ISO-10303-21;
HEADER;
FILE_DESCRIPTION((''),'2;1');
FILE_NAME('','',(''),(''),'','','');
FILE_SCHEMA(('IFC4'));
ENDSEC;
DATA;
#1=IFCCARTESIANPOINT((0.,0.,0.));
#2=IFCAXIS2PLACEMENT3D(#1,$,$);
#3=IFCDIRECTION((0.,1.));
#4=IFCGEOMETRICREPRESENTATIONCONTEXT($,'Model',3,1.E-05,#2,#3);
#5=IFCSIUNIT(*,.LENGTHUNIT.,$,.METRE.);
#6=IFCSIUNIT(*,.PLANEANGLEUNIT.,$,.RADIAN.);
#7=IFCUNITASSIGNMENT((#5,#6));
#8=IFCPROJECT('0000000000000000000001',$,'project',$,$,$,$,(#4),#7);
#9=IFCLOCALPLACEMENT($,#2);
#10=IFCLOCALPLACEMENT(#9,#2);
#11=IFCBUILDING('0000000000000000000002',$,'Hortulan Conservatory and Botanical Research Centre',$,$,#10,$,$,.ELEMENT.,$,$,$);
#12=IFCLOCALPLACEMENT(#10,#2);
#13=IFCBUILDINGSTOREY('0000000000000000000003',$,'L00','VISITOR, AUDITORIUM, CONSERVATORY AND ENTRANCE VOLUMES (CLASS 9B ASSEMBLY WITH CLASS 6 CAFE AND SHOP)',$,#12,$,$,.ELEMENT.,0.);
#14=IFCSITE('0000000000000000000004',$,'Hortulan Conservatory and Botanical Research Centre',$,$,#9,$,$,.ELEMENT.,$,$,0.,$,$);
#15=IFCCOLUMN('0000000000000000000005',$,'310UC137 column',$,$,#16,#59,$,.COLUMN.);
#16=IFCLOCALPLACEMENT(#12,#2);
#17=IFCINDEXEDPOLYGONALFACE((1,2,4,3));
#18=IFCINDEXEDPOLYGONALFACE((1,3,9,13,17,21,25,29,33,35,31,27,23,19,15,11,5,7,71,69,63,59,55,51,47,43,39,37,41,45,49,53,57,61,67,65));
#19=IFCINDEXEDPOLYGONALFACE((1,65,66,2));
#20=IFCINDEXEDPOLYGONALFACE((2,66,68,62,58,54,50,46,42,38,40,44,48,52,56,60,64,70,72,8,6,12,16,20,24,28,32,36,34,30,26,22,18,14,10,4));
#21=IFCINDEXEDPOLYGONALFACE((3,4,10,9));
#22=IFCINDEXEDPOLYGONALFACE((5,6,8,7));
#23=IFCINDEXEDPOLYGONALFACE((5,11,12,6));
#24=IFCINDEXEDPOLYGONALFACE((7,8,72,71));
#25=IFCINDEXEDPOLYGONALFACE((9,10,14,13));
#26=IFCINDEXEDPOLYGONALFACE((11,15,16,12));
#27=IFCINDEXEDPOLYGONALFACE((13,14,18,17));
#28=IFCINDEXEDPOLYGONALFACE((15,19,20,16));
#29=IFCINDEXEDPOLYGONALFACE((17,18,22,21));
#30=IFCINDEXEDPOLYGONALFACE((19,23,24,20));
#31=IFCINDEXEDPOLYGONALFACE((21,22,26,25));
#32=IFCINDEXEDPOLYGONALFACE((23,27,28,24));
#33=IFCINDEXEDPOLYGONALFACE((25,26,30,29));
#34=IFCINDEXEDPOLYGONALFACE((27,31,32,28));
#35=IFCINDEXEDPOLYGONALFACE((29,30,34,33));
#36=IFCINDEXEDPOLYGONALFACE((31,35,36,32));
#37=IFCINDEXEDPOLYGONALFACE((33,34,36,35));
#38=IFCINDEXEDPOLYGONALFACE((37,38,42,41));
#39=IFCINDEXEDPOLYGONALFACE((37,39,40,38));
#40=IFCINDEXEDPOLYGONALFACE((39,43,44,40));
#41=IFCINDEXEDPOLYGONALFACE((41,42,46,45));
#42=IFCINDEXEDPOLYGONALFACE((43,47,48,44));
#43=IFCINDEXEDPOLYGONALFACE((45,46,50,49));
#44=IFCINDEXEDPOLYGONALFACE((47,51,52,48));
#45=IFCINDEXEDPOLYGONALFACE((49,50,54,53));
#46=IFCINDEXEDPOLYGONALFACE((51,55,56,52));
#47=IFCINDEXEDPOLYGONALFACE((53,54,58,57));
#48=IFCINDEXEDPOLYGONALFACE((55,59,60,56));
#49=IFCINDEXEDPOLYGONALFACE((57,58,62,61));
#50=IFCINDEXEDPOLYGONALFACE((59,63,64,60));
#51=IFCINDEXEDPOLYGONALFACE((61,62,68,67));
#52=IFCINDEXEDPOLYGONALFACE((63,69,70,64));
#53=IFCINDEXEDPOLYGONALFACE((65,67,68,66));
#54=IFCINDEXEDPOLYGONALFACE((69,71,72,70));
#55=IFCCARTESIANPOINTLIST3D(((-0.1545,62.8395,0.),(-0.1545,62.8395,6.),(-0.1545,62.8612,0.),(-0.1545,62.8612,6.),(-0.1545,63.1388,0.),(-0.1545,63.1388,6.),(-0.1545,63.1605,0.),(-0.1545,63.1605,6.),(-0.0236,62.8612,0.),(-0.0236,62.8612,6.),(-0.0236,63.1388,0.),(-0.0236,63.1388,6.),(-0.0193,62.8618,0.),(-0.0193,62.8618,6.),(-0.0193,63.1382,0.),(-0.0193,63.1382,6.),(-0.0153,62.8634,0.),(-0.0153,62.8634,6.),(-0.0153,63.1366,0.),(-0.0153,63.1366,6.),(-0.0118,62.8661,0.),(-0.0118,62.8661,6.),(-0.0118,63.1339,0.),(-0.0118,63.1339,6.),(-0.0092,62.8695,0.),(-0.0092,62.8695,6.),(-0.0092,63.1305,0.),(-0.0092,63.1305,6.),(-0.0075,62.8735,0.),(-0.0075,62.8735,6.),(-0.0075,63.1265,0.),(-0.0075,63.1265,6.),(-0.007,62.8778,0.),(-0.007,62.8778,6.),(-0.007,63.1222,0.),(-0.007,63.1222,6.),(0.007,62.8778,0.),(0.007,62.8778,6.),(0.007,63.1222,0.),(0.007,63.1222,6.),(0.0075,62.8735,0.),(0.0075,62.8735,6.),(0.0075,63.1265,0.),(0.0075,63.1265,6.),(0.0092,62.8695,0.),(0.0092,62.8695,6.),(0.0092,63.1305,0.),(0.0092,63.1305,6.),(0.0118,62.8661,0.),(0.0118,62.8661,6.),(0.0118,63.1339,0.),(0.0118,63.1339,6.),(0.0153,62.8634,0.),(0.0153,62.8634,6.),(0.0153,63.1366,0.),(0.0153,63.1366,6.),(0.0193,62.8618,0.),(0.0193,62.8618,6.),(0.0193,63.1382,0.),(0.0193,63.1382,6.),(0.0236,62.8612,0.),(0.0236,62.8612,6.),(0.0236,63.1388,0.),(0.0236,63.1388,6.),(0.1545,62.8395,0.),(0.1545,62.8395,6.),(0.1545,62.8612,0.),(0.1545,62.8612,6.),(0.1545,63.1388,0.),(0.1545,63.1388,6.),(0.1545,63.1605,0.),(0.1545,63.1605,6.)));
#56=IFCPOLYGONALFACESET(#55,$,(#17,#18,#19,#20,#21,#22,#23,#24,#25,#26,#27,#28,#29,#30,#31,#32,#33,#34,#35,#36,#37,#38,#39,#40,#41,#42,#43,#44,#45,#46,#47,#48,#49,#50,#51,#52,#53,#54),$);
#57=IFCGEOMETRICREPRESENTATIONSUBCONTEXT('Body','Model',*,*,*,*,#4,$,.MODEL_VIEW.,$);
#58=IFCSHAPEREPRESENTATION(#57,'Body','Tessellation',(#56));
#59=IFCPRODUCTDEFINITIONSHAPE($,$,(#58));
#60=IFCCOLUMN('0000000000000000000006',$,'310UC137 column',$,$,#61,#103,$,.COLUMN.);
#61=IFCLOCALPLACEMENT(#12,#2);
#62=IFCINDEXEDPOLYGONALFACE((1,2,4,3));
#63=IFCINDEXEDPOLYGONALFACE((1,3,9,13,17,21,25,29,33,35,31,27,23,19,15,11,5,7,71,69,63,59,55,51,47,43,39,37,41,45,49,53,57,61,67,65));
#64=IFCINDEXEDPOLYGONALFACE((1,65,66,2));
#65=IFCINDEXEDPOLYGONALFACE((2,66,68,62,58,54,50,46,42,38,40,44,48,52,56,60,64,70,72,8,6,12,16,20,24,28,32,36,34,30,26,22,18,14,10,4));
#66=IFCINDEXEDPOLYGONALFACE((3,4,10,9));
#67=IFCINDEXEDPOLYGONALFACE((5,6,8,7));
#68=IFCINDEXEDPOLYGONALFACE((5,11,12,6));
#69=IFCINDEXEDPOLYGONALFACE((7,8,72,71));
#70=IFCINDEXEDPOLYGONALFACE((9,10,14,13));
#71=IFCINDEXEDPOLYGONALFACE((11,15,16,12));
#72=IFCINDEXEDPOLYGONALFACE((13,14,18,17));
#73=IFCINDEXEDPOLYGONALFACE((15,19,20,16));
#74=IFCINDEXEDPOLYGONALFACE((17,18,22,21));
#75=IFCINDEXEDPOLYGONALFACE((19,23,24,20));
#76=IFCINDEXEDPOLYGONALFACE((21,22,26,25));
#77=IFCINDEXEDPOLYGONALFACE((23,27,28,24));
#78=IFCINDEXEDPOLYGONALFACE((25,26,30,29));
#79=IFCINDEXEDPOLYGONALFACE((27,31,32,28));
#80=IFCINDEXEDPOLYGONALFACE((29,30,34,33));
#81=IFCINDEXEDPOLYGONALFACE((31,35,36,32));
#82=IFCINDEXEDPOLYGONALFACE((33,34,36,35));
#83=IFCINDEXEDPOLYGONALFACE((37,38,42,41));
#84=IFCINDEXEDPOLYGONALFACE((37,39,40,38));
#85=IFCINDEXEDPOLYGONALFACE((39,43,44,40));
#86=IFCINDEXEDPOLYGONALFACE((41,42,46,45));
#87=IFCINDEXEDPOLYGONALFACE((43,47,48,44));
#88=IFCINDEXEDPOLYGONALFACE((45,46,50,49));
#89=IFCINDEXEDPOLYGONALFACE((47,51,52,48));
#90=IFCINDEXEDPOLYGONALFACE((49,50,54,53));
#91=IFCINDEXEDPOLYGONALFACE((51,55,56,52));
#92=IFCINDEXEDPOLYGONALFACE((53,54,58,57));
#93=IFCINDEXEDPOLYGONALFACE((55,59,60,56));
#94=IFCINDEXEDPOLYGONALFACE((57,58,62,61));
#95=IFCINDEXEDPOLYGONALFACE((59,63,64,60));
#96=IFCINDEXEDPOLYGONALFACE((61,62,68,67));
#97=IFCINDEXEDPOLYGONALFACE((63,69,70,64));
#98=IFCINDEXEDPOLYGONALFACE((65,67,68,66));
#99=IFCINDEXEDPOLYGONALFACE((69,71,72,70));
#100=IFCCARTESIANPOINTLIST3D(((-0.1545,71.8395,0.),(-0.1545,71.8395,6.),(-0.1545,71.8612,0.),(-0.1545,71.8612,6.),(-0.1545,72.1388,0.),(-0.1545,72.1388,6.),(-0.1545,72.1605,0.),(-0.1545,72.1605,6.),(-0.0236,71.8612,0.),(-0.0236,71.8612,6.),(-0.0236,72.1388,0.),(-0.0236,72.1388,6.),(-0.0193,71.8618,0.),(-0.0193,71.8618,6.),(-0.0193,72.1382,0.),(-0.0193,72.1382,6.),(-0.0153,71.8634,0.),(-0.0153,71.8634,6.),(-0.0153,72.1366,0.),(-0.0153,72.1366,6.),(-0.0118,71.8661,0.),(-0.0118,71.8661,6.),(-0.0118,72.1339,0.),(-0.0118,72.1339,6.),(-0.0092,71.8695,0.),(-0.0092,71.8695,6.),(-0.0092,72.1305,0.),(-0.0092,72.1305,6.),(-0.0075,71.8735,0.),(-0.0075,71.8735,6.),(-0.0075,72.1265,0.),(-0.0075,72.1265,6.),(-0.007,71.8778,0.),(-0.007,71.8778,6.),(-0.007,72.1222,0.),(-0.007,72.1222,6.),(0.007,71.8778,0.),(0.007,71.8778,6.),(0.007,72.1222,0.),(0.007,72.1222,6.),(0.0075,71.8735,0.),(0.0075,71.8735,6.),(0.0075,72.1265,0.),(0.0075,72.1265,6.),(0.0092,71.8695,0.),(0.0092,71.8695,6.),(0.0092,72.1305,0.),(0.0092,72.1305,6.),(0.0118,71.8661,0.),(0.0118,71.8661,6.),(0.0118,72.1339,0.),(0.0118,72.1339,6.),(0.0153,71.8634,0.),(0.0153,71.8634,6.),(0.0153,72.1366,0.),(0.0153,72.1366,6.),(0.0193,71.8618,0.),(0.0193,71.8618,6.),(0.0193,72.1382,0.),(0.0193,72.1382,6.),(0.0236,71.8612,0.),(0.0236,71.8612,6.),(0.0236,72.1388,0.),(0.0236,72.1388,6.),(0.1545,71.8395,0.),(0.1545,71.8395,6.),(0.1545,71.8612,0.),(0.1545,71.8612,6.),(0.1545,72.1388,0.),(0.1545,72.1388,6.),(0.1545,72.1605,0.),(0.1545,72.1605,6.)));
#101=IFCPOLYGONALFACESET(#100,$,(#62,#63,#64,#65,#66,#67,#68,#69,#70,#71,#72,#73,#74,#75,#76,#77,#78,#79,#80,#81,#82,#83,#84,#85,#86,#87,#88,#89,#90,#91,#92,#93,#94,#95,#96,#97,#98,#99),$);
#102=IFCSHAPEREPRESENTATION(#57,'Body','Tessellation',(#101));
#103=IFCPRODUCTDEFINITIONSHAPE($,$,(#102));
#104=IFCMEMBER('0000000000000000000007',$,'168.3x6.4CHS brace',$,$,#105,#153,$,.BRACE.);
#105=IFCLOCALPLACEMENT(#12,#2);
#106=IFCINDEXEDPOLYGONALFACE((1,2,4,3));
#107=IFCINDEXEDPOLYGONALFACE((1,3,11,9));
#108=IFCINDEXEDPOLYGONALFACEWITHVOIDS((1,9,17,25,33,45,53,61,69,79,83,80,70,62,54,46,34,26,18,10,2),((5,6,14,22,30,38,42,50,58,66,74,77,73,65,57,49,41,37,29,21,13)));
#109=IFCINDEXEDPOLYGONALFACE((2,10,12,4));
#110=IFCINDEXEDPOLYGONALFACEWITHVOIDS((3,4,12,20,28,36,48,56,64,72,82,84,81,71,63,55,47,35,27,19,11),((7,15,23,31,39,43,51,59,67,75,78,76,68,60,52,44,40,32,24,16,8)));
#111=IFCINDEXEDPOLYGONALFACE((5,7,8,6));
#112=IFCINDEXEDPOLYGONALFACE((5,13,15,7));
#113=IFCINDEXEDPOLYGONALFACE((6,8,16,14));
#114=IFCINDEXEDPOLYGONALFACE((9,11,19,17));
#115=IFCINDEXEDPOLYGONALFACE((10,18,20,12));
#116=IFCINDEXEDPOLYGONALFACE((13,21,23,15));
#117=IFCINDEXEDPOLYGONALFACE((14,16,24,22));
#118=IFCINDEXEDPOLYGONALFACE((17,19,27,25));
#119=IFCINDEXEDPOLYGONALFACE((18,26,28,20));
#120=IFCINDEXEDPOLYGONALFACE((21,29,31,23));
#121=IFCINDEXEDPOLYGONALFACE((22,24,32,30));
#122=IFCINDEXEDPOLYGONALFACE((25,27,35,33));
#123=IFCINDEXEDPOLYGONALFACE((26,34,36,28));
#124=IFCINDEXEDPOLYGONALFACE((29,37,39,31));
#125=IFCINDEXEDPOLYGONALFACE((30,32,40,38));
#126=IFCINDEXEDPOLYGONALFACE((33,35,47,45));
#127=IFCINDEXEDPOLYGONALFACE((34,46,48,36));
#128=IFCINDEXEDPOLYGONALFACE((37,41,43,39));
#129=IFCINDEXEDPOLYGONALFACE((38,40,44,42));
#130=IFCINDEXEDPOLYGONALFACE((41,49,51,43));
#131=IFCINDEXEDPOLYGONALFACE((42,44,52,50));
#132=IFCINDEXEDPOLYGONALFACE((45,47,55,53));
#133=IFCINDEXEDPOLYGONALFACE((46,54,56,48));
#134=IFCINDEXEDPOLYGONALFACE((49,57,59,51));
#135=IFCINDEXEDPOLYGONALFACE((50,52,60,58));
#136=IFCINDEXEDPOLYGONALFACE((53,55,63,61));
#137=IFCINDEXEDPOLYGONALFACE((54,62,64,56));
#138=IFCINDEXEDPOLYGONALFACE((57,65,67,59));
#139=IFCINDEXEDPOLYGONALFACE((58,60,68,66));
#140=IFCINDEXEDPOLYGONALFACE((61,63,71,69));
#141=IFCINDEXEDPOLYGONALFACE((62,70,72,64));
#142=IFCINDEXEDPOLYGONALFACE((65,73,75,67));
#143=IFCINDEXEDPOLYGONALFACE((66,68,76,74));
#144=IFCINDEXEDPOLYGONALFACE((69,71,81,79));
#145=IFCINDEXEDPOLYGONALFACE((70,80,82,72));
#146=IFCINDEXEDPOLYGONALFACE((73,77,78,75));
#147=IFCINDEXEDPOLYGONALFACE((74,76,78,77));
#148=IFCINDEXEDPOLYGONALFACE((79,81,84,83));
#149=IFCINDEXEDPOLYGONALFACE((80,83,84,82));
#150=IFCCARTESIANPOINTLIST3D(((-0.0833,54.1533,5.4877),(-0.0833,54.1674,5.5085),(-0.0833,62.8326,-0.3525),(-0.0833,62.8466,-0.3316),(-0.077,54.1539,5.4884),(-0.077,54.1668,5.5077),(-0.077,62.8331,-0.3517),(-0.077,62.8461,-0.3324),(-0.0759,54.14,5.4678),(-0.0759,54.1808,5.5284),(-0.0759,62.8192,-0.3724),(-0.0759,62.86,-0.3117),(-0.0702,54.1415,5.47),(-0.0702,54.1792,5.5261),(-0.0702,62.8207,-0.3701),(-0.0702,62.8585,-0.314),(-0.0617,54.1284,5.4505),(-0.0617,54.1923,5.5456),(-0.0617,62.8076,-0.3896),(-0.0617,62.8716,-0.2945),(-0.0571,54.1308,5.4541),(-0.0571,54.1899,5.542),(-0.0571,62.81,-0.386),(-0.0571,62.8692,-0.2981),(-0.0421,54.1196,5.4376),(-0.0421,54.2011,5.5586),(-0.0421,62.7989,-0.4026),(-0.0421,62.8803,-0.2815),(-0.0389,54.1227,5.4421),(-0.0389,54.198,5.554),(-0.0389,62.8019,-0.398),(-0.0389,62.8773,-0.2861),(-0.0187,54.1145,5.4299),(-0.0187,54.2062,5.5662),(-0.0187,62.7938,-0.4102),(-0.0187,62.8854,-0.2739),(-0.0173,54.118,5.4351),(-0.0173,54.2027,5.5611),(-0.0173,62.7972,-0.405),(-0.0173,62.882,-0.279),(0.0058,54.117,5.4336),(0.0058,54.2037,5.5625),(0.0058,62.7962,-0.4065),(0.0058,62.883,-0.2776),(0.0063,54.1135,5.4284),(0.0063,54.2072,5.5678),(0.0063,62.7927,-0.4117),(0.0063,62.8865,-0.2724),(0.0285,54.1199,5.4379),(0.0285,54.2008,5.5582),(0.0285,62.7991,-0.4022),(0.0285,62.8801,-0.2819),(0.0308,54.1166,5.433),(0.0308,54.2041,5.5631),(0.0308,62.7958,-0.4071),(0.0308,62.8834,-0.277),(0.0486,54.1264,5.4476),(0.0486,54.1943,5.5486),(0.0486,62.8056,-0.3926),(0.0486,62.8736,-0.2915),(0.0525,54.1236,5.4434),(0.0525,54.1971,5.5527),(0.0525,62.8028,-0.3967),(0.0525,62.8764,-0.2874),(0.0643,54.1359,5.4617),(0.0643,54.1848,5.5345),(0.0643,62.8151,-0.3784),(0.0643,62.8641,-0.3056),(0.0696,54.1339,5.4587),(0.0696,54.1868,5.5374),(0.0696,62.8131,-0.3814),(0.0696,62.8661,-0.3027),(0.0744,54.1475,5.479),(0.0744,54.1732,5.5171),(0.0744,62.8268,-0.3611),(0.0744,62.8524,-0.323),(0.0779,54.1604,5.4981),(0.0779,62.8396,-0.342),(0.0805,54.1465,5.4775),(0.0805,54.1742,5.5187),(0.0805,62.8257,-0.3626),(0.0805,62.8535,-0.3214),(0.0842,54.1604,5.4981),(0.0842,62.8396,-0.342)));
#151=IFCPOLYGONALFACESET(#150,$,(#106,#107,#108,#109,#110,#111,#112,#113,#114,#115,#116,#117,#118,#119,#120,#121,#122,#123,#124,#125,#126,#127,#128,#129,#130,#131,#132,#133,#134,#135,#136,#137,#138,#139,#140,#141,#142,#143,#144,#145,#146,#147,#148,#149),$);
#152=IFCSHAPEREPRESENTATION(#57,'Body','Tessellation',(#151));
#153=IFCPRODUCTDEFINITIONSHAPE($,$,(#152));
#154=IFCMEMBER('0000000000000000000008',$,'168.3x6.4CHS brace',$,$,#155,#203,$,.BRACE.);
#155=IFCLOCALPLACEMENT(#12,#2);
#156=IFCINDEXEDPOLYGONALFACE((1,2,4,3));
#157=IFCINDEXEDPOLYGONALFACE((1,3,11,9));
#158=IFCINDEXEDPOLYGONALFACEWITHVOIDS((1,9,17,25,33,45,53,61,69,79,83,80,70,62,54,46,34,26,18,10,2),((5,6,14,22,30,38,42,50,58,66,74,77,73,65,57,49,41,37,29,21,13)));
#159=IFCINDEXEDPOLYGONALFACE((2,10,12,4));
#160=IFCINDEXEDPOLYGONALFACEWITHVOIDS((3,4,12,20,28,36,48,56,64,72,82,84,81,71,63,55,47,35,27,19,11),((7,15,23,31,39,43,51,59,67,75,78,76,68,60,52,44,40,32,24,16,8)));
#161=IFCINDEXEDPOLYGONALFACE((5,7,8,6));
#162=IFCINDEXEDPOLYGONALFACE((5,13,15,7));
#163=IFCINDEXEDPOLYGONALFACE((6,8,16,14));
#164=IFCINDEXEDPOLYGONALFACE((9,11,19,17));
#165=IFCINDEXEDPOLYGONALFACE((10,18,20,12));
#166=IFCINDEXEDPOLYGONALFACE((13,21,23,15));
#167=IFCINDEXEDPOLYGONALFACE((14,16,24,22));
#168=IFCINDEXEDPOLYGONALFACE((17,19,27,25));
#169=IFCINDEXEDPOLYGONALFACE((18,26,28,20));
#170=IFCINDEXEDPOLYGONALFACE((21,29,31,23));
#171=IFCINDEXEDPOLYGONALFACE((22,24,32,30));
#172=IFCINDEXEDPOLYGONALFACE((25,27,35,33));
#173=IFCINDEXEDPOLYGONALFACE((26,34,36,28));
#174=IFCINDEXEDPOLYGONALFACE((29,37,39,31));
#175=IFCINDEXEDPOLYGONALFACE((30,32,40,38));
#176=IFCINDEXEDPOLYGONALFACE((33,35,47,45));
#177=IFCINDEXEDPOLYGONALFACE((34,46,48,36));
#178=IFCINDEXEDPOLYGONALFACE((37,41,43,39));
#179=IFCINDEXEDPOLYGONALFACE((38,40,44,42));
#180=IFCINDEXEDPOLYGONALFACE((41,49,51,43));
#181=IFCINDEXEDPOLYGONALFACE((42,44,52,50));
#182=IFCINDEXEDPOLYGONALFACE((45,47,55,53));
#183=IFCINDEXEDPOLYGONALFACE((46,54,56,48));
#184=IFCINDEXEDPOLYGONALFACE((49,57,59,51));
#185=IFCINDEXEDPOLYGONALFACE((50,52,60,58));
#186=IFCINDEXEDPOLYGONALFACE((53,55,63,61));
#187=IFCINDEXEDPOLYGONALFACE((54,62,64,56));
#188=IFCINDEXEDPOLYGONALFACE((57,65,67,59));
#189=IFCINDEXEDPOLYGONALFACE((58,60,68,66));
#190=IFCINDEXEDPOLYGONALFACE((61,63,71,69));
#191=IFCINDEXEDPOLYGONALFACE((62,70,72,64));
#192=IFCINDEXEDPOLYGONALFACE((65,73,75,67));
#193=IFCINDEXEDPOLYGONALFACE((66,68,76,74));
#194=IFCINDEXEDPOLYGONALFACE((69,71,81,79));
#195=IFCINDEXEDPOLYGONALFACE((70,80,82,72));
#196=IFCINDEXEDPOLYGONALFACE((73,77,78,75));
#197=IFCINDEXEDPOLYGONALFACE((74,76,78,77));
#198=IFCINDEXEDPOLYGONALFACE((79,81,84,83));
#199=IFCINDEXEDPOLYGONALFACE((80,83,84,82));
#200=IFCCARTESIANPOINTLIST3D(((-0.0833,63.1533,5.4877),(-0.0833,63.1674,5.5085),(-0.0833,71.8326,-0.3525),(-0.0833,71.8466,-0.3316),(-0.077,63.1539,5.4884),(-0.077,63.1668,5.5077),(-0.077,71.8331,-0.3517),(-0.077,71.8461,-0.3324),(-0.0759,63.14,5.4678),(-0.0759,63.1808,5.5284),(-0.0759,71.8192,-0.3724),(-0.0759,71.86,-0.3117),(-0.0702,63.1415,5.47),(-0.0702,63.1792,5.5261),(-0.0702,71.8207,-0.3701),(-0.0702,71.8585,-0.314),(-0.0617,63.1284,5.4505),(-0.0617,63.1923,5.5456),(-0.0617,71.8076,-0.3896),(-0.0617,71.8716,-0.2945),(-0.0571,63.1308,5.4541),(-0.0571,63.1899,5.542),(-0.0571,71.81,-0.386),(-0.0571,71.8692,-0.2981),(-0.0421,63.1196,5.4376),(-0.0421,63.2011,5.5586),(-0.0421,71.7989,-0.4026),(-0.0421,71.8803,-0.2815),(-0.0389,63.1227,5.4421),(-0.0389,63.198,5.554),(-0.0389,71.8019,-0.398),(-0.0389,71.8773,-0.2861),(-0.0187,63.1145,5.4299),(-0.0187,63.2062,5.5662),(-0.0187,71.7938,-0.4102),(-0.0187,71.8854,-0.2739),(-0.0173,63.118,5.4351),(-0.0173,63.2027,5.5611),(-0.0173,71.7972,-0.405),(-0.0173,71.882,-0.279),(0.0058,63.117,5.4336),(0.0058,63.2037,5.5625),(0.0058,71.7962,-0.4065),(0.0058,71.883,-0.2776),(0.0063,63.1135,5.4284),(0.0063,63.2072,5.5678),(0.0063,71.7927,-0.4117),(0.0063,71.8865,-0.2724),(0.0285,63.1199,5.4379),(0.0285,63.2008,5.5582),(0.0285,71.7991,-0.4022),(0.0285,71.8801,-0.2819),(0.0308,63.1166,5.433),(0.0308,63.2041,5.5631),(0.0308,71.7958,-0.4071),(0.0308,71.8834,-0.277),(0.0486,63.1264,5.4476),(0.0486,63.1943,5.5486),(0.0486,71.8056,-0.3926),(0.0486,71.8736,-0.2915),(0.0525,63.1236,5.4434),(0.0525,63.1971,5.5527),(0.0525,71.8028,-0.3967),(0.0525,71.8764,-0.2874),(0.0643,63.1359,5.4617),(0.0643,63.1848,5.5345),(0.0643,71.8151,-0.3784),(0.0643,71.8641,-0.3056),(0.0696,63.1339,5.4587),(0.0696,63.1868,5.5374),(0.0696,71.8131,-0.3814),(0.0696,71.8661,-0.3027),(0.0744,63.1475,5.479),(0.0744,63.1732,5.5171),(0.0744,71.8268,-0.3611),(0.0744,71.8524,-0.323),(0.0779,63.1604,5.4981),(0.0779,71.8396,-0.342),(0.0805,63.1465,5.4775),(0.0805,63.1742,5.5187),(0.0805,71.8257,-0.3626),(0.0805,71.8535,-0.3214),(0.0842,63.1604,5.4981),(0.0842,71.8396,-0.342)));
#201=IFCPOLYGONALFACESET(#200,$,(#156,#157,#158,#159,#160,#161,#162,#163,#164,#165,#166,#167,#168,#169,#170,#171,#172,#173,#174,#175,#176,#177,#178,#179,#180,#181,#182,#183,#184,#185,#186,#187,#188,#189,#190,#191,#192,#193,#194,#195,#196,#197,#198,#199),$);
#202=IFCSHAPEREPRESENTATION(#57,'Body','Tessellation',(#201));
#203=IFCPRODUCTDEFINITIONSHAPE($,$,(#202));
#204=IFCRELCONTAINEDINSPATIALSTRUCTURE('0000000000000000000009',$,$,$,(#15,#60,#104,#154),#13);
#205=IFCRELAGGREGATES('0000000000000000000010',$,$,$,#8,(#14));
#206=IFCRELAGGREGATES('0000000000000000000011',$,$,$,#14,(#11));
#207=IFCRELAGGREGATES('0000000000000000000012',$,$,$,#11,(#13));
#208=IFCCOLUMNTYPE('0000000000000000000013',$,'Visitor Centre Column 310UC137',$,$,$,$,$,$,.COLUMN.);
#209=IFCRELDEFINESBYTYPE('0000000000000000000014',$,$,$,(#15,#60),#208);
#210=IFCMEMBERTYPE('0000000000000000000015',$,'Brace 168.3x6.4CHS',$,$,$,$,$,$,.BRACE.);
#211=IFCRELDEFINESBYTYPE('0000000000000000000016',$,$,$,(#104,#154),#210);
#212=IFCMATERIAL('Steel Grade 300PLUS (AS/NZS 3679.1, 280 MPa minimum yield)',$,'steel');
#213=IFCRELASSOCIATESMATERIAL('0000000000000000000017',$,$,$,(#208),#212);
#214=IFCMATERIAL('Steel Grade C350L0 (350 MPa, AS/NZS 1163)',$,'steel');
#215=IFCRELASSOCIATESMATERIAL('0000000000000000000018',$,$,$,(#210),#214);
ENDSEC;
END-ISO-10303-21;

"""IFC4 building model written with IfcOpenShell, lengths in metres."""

from ifc_helpers import new_model, si_unit, direction, frame, origin, origin_2d, place, context, subcontext, project, spatial, hollow_circle, i_section, extrude, material, material_profile, profile_set, type_object, element, save


model = new_model("IFC4")

# Units and contexts
model_context = context("Model", 3, precision=1e-05, world=origin(), true_north=direction((0.0, 1.0)))
body_context = subcontext(model_context, "Body", "Model", "MODEL_VIEW")
ifc_project = project(units=[si_unit("LENGTHUNIT", "METRE"), si_unit("PLANEANGLEUNIT", "RADIAN")], contexts=[model_context])

# Site, building, storey
site_placement = place(None, origin())
site = spatial("IfcSite", under=ifc_project, at=site_placement, Name="Hortulan Conservatory and Botanical Research Centre", CompositionType="ELEMENT", RefElevation=0.0)
building_placement = place(site_placement, origin())
building = spatial("IfcBuilding", under=site, at=building_placement, Name="Hortulan Conservatory and Botanical Research Centre", CompositionType="ELEMENT")
storey_placement = place(building_placement, origin())
storey = spatial("IfcBuildingStorey", under=building, at=storey_placement, Name="L00", Description="VISITOR, AUDITORIUM, CONSERVATORY AND ENTRANCE VOLUMES (CLASS 9B ASSEMBLY WITH CLASS 6 CAFE AND SHOP)", CompositionType="ELEMENT", Elevation=0.0)

# Columns
ifc_material_1 = material(Name="Steel Grade 300PLUS (AS/NZS 3679.1, 280 MPa minimum yield)", Category="steel")
ifc_material_profile_1 = material_profile(ifc_material_1, i_section(OverallWidth=0.3091, OverallDepth=0.321, WebThickness=0.0139, FlangeThickness=0.0217, FilletRadius=0.0166, at=origin_2d()), Name="310UC137")
ifc_profile_set_1 = profile_set([ifc_material_profile_1], Name="Steel Grade 300PLUS (AS/NZS 3679.1, 280 MPa minimum yield)")
column_type = type_object("IfcColumnType", Name="Visitor Centre Column 310UC137", PredefinedType="COLUMN", material=ifc_profile_set_1)
for number, where, z_axis, x_axis, name in (
    (1, (0.0, 63.0, 0.0), (0.0, 0.0, 1.0), (1.0, 0.0, 0.0), "310UC137 column"),
    (2, (0.0, 72.0, 0.0), (0.0, 0.0, 1.0), (1.0, 0.0, 0.0), "310UC137 column"),
):
    element("IfcColumn", number, at=place(storey_placement, frame(where, z_axis=z_axis, x_axis=x_axis)), inside=storey, type_object=column_type, Name=name, PredefinedType="COLUMN", context=body_context, shape_type="SweptSolid", body=[
        extrude(i_section(OverallWidth=0.3091, OverallDepth=0.321, WebThickness=0.0139, FlangeThickness=0.0217, FilletRadius=0.0166, at=origin_2d()), origin(), (0.0, 0.0, 1.0), 6.0),
    ])

# Members
ifc_material_2 = material(Name="Steel Grade C350L0 (350 MPa, AS/NZS 1163)", Category="steel")
ifc_material_profile_2 = material_profile(ifc_material_2, hollow_circle(Radius=0.0842, WallThickness=0.0063, at=origin_2d()), Name="168.3x6.4CHS")
ifc_profile_set_2 = profile_set([ifc_material_profile_2], Name="Steel Grade C350L0 (350 MPa, AS/NZS 1163)")
member_type = type_object("IfcMemberType", Name="Brace 168.3x6.4CHS", PredefinedType="BRACE", material=ifc_profile_set_2)
for number, where, z_axis, x_axis, name in (
    (3, (0.0, 62.8396, -0.342), (0.0, -0.829662, 0.558266), (1.0, 0.0, 0.0), "168.3x6.4CHS brace"),
    (4, (0.0, 71.8396, -0.342), (0.0, -0.829662, 0.558266), (1.0, 0.0, 0.0), "168.3x6.4CHS brace"),
):
    element("IfcMember", number, at=place(storey_placement, frame(where, z_axis=z_axis, x_axis=x_axis)), inside=storey, type_object=member_type, Name=name, PredefinedType="BRACE", context=body_context, shape_type="SweptSolid", body=[
        extrude(hollow_circle(Radius=0.0842, WallThickness=0.0063, at=origin_2d()), origin(), (0.0, 0.0, 1.0), 10.4612),
    ])

save(model, "model.ifc")
